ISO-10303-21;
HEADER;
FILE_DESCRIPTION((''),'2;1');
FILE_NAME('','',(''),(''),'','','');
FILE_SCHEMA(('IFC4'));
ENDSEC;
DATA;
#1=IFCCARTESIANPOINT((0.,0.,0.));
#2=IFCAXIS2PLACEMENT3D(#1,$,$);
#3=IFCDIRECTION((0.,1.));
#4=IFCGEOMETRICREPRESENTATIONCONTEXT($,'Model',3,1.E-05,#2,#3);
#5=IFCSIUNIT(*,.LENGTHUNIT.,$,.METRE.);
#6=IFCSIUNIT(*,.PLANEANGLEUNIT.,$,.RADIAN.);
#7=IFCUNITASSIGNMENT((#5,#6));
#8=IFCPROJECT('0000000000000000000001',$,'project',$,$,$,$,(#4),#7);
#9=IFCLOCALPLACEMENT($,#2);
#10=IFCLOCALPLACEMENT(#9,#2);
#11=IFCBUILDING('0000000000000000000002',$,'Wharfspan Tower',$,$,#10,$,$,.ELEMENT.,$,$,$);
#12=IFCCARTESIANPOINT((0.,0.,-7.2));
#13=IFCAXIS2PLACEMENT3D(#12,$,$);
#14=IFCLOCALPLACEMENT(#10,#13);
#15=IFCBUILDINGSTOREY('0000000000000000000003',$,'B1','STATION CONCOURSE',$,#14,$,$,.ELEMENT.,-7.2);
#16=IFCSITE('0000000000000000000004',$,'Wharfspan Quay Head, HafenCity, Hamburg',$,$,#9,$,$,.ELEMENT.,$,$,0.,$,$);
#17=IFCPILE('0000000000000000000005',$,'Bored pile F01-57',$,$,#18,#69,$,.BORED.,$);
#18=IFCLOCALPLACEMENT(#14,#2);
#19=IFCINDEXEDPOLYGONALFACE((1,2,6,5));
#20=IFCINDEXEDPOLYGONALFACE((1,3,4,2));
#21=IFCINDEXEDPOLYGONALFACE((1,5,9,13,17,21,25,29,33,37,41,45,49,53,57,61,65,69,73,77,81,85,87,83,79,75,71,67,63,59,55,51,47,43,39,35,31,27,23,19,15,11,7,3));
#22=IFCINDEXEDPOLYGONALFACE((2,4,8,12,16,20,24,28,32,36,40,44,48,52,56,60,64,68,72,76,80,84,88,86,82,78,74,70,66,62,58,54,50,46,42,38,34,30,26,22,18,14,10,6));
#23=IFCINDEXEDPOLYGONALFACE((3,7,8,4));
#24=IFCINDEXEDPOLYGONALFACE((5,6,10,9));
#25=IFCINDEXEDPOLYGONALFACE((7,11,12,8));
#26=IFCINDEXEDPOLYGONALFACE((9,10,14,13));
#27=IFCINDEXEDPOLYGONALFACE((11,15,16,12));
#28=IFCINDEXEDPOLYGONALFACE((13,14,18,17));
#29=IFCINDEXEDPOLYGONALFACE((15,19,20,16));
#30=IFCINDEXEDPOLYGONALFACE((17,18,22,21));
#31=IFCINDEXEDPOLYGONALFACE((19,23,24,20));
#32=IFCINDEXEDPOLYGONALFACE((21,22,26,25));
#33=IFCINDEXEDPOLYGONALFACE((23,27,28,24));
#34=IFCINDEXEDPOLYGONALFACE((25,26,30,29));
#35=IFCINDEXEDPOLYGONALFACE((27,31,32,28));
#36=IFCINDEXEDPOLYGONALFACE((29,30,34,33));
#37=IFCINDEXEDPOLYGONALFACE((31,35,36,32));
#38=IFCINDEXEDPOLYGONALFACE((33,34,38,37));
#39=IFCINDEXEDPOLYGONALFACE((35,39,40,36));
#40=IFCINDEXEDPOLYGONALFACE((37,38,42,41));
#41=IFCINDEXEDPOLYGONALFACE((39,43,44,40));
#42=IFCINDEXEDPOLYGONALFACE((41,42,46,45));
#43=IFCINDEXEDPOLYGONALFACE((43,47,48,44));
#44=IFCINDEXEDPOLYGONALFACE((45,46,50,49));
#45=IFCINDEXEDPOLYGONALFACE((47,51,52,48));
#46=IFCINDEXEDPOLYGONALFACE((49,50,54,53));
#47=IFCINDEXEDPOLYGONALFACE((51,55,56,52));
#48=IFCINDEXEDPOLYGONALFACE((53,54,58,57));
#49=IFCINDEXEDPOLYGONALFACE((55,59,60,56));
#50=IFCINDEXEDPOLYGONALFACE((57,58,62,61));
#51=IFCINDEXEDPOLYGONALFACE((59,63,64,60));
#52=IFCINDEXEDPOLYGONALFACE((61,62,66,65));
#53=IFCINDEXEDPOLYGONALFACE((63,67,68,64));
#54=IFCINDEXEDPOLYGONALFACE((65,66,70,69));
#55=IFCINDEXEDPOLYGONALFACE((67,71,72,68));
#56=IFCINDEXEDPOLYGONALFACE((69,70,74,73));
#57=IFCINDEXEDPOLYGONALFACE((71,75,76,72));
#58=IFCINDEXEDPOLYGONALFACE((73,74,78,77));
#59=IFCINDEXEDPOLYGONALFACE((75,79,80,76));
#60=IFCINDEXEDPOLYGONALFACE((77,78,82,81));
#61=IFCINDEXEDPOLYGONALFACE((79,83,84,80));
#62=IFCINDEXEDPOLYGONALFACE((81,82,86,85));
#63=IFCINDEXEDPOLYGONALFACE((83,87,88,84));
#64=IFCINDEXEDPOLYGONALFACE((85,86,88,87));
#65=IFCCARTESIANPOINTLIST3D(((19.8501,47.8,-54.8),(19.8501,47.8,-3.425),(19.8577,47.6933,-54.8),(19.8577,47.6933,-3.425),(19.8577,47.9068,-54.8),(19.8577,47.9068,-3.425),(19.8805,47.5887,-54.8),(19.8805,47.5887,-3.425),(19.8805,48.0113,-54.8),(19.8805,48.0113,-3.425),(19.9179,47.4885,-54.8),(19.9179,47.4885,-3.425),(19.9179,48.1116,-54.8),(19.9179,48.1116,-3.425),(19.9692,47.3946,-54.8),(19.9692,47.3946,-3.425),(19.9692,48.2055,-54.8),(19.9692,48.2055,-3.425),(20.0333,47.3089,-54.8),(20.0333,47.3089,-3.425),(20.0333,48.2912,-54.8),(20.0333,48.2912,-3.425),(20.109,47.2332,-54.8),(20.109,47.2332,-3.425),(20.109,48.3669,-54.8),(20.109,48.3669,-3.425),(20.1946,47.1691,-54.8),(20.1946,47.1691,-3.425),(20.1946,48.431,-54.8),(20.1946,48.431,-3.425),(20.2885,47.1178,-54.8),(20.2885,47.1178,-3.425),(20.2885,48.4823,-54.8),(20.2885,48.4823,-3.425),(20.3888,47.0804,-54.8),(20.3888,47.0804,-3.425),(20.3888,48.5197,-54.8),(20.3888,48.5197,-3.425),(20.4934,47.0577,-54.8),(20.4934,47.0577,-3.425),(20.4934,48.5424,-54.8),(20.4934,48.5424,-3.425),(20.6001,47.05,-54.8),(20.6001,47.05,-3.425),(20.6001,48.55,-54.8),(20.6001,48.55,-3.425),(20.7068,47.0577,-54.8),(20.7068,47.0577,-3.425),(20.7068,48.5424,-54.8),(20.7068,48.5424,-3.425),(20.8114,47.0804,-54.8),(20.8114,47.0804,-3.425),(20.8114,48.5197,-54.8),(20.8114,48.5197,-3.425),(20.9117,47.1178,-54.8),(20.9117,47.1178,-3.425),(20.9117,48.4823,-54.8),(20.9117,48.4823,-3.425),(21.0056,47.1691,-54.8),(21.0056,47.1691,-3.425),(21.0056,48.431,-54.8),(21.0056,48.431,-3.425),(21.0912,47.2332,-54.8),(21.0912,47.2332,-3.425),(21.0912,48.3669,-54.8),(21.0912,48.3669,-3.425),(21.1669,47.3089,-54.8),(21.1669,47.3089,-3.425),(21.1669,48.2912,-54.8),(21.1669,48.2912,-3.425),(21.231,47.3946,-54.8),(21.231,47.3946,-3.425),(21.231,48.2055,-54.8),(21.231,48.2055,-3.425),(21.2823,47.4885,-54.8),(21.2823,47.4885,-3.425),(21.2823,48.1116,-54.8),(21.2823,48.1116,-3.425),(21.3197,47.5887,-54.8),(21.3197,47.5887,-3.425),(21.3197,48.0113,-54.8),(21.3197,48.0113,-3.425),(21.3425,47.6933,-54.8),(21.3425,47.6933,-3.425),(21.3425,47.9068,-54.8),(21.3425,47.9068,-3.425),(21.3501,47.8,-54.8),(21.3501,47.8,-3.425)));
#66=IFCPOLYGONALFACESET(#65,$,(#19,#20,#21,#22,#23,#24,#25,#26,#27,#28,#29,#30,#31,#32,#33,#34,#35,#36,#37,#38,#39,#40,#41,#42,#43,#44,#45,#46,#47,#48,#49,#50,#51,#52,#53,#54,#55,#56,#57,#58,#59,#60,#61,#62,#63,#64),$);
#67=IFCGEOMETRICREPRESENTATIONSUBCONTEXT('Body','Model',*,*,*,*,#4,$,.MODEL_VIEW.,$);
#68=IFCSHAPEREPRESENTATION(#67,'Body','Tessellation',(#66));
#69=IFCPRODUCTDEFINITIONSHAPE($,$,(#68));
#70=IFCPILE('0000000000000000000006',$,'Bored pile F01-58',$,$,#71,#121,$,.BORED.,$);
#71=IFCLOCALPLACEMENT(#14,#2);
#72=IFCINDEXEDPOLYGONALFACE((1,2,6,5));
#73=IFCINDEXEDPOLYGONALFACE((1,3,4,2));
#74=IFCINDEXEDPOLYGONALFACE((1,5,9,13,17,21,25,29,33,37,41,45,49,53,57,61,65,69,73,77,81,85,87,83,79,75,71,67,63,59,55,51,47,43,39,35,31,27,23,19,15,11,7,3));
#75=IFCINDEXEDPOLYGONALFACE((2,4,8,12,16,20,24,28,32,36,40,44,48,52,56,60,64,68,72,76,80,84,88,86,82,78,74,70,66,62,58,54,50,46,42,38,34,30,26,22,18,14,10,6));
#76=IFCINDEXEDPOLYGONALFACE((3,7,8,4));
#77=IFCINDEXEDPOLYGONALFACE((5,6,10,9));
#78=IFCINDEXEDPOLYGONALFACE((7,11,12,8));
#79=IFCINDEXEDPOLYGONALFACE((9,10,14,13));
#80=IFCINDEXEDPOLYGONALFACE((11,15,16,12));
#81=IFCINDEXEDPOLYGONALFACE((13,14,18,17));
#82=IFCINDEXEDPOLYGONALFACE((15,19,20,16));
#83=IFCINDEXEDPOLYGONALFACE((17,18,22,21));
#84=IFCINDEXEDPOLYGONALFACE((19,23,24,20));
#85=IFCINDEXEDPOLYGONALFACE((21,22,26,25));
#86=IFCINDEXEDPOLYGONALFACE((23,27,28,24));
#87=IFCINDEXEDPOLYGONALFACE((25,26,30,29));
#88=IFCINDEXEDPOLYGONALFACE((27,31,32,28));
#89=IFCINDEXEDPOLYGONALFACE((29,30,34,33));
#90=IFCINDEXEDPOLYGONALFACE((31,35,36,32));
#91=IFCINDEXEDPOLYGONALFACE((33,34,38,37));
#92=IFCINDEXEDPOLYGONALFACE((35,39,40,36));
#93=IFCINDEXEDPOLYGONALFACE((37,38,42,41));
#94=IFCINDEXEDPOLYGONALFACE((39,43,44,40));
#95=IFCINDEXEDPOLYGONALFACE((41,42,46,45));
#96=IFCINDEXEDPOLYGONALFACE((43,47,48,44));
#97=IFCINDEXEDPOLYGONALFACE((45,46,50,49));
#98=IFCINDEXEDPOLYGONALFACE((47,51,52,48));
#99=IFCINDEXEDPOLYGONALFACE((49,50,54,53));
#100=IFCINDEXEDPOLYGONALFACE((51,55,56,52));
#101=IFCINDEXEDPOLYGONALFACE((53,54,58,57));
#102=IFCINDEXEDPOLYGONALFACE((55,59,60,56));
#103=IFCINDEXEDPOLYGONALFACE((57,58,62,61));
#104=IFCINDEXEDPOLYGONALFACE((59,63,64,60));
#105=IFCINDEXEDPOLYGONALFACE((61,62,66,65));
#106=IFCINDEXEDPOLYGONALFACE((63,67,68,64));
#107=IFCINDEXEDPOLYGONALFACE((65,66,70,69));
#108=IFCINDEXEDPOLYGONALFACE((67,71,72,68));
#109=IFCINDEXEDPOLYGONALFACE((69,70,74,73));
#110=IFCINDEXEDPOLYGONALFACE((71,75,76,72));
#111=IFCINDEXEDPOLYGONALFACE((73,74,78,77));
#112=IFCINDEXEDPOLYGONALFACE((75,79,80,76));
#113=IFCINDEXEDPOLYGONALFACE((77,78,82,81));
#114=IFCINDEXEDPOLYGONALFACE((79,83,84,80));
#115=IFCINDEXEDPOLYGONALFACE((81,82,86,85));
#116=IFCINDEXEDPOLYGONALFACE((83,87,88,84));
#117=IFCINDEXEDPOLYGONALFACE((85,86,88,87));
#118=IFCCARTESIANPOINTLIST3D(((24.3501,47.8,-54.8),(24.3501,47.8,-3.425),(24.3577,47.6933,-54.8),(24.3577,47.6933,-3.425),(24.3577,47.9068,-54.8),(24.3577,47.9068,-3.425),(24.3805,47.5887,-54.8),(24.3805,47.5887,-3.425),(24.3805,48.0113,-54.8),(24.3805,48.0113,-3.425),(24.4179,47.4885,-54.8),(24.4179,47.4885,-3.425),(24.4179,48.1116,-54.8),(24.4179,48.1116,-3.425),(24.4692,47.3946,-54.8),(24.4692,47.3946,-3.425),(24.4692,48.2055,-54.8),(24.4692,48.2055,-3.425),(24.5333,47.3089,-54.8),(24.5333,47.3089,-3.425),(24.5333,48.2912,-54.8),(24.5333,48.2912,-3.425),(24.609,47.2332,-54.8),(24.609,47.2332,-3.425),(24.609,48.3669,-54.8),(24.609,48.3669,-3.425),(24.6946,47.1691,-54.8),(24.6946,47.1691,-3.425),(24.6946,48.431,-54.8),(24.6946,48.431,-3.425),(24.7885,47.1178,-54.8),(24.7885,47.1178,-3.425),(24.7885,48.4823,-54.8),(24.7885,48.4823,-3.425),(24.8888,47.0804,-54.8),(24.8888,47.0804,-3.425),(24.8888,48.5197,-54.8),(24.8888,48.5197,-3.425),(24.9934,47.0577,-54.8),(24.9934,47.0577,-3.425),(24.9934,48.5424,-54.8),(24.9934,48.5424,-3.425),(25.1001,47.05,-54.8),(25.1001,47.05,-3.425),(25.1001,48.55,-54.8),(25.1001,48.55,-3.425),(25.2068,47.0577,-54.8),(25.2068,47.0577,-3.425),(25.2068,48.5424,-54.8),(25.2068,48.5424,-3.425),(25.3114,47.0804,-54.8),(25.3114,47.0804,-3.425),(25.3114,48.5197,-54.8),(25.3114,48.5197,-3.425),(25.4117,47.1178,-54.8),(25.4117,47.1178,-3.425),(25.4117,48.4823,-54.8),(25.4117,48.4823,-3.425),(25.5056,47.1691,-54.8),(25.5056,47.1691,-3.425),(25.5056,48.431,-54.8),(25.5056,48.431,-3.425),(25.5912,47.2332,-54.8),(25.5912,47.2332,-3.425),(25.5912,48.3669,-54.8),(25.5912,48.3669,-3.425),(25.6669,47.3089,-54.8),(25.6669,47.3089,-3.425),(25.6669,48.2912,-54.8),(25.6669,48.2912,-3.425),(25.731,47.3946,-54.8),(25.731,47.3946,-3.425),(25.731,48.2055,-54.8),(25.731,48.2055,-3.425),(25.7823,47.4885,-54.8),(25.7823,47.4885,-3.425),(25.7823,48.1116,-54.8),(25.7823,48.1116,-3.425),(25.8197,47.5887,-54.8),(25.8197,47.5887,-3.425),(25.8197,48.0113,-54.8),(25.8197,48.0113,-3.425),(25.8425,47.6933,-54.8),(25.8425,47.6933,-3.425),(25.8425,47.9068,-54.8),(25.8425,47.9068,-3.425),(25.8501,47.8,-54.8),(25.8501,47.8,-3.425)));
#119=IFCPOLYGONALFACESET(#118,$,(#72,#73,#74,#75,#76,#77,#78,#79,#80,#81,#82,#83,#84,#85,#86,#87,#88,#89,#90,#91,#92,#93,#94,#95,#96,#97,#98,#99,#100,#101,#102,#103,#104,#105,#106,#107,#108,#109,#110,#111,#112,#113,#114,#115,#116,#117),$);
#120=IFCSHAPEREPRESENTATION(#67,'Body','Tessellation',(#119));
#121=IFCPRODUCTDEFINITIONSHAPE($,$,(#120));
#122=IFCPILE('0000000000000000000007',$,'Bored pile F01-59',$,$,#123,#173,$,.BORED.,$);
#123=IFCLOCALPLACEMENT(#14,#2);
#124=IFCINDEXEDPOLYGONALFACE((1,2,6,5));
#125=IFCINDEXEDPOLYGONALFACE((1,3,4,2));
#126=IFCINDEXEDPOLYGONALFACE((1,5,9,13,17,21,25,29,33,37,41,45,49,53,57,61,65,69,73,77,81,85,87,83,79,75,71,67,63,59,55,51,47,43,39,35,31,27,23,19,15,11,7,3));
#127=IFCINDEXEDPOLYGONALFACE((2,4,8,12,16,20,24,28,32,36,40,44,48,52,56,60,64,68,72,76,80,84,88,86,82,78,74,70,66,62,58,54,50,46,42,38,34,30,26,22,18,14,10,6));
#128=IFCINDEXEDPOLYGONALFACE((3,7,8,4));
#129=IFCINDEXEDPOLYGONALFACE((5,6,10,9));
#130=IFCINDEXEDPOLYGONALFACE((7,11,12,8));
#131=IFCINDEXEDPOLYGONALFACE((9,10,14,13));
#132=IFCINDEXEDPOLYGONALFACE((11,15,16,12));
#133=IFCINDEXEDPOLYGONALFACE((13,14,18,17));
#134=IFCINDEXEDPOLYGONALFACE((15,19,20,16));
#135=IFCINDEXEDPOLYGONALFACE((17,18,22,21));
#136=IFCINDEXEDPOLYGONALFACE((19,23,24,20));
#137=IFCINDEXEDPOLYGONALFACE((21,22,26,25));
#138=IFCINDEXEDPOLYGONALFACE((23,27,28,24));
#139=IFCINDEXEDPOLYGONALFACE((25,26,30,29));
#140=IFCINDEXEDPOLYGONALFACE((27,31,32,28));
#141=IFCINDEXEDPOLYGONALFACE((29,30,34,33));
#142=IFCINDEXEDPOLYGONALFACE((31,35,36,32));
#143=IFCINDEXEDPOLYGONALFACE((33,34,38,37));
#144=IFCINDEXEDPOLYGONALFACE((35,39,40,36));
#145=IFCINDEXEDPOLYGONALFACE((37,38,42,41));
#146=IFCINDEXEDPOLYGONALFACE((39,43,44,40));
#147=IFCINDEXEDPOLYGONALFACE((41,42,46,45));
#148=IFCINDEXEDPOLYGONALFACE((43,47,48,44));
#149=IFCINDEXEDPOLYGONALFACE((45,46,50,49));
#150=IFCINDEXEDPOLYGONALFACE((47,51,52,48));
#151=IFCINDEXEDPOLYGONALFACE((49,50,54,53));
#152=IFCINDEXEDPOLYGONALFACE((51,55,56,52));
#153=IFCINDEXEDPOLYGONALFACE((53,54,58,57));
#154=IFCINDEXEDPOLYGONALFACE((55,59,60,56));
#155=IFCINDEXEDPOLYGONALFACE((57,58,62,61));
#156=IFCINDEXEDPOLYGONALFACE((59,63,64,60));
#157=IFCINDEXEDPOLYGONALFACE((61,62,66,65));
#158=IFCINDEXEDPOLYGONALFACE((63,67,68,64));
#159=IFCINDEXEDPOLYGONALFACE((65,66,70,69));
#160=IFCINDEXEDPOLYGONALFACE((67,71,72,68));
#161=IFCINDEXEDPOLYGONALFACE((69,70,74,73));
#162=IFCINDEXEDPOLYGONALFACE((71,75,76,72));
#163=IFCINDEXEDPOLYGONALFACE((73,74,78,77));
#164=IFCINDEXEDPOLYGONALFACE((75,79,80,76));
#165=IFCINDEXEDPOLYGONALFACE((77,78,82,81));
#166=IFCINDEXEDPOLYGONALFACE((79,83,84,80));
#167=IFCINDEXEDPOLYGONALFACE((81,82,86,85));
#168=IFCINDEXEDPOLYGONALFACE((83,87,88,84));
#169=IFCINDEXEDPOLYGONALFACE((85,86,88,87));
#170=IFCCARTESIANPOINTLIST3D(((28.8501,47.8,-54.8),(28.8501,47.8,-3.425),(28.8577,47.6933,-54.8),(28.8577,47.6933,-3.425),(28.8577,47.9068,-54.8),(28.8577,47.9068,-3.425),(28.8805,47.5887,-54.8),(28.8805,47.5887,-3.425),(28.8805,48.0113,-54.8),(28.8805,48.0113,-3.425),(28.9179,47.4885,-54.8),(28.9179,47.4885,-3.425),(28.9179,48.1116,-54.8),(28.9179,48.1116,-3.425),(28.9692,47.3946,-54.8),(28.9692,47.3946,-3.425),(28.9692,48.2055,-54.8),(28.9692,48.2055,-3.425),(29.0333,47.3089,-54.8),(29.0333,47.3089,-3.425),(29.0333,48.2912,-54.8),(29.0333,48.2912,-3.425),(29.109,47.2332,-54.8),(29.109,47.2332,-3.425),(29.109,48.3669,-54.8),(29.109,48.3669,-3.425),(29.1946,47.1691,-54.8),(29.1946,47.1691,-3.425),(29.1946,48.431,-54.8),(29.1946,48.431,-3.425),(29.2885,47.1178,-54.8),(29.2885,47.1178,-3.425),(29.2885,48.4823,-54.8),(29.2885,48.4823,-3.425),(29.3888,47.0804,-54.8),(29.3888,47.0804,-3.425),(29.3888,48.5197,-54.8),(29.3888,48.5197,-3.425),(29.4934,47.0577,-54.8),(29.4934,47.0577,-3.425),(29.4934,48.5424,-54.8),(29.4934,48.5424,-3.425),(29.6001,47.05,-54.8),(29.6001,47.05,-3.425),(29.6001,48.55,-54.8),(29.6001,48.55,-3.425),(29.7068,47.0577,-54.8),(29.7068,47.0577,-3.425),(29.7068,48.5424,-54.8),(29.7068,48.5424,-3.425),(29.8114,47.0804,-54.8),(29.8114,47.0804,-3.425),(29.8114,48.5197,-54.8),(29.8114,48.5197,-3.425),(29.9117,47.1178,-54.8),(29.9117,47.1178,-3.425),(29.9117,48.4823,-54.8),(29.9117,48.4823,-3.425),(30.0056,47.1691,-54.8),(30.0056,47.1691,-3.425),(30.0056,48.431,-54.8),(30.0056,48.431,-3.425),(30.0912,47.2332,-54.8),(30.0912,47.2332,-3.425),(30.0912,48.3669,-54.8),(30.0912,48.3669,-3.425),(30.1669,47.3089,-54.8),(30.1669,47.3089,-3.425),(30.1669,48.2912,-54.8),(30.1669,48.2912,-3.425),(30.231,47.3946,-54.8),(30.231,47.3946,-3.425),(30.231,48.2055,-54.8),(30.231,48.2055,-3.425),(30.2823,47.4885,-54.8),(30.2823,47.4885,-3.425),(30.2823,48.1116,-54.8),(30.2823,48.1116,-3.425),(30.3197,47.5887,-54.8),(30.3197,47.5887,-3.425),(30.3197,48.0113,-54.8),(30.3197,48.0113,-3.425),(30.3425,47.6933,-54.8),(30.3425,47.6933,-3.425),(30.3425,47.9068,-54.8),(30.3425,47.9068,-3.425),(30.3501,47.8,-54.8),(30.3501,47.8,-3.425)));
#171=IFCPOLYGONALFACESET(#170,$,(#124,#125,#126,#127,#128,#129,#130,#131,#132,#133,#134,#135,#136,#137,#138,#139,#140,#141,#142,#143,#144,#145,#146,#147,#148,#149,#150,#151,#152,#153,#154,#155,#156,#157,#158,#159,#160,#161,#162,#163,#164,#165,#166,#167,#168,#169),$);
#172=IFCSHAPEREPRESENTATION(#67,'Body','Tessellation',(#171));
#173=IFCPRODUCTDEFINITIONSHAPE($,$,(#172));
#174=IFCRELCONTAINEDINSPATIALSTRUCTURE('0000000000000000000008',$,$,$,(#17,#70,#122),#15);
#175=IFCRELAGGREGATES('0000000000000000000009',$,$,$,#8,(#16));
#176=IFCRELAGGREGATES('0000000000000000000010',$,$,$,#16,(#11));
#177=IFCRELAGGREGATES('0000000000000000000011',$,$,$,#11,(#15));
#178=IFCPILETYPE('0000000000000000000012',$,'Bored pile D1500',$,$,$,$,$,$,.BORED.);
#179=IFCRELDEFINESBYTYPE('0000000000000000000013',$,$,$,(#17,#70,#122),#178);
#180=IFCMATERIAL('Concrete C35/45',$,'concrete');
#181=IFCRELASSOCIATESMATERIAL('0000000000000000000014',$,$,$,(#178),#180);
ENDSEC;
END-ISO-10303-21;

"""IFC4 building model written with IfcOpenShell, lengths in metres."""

from ifc_helpers import new_model, si_unit, direction, frame, origin, origin_2d, place, context, subcontext, project, spatial, circle, extrude, material, material_profile, profile_set, type_object, element, save


model = new_model("IFC4")

# Units and contexts
model_context = context("Model", 3, precision=1e-05, world=origin(), true_north=direction((0.0, 1.0)))
body_context = subcontext(model_context, "Body", "Model", "MODEL_VIEW")
ifc_project = project(units=[si_unit("LENGTHUNIT", "METRE"), si_unit("PLANEANGLEUNIT", "RADIAN")], contexts=[model_context])

# Site, building, storey
site_placement = place(None, origin())
site = spatial("IfcSite", under=ifc_project, at=site_placement, Name="Wharfspan Quay Head, HafenCity, Hamburg", CompositionType="ELEMENT", RefElevation=0.0)
building_placement = place(site_placement, origin())
building = spatial("IfcBuilding", under=site, at=building_placement, Name="Wharfspan Tower", CompositionType="ELEMENT")
storey_placement = place(building_placement, frame((0.0, 0.0, -7.2)))
storey = spatial("IfcBuildingStorey", under=building, at=storey_placement, Name="B1", Description="STATION CONCOURSE", CompositionType="ELEMENT", Elevation=-7.2)

# Piles
ifc_material_1 = material(Name="Concrete C35/45", Category="concrete")
ifc_material_profile_1 = material_profile(ifc_material_1, circle(Radius=0.75, at=origin_2d()))
ifc_profile_set_1 = profile_set([ifc_material_profile_1], Name="Concrete C35/45")
pile_type = type_object("IfcPileType", Name="Bored pile D1500", PredefinedType="BORED", material=ifc_profile_set_1)
for number, where, z_axis, x_axis, name in (
    (1, (20.6001, 47.8, -3.425), (0.0, 0.0, -1.0), (1.0, 0.0, 0.0), "Bored pile F01-57"),
    (2, (25.1001, 47.8, -3.425), (0.0, 0.0, -1.0), (1.0, 0.0, 0.0), "Bored pile F01-58"),
    (3, (29.6001, 47.8, -3.425), (0.0, 0.0, -1.0), (1.0, 0.0, 0.0), "Bored pile F01-59"),
):
    element("IfcPile", number, at=place(storey_placement, frame(where, z_axis=z_axis, x_axis=x_axis)), inside=storey, type_object=pile_type, Name=name, PredefinedType="BORED", context=body_context, shape_type="SweptSolid", body=[
        extrude(circle(Radius=0.75, at=origin_2d()), origin(), (0.0, 0.0, 1.0), 51.375),
    ])

save(model, "model.ifc")
